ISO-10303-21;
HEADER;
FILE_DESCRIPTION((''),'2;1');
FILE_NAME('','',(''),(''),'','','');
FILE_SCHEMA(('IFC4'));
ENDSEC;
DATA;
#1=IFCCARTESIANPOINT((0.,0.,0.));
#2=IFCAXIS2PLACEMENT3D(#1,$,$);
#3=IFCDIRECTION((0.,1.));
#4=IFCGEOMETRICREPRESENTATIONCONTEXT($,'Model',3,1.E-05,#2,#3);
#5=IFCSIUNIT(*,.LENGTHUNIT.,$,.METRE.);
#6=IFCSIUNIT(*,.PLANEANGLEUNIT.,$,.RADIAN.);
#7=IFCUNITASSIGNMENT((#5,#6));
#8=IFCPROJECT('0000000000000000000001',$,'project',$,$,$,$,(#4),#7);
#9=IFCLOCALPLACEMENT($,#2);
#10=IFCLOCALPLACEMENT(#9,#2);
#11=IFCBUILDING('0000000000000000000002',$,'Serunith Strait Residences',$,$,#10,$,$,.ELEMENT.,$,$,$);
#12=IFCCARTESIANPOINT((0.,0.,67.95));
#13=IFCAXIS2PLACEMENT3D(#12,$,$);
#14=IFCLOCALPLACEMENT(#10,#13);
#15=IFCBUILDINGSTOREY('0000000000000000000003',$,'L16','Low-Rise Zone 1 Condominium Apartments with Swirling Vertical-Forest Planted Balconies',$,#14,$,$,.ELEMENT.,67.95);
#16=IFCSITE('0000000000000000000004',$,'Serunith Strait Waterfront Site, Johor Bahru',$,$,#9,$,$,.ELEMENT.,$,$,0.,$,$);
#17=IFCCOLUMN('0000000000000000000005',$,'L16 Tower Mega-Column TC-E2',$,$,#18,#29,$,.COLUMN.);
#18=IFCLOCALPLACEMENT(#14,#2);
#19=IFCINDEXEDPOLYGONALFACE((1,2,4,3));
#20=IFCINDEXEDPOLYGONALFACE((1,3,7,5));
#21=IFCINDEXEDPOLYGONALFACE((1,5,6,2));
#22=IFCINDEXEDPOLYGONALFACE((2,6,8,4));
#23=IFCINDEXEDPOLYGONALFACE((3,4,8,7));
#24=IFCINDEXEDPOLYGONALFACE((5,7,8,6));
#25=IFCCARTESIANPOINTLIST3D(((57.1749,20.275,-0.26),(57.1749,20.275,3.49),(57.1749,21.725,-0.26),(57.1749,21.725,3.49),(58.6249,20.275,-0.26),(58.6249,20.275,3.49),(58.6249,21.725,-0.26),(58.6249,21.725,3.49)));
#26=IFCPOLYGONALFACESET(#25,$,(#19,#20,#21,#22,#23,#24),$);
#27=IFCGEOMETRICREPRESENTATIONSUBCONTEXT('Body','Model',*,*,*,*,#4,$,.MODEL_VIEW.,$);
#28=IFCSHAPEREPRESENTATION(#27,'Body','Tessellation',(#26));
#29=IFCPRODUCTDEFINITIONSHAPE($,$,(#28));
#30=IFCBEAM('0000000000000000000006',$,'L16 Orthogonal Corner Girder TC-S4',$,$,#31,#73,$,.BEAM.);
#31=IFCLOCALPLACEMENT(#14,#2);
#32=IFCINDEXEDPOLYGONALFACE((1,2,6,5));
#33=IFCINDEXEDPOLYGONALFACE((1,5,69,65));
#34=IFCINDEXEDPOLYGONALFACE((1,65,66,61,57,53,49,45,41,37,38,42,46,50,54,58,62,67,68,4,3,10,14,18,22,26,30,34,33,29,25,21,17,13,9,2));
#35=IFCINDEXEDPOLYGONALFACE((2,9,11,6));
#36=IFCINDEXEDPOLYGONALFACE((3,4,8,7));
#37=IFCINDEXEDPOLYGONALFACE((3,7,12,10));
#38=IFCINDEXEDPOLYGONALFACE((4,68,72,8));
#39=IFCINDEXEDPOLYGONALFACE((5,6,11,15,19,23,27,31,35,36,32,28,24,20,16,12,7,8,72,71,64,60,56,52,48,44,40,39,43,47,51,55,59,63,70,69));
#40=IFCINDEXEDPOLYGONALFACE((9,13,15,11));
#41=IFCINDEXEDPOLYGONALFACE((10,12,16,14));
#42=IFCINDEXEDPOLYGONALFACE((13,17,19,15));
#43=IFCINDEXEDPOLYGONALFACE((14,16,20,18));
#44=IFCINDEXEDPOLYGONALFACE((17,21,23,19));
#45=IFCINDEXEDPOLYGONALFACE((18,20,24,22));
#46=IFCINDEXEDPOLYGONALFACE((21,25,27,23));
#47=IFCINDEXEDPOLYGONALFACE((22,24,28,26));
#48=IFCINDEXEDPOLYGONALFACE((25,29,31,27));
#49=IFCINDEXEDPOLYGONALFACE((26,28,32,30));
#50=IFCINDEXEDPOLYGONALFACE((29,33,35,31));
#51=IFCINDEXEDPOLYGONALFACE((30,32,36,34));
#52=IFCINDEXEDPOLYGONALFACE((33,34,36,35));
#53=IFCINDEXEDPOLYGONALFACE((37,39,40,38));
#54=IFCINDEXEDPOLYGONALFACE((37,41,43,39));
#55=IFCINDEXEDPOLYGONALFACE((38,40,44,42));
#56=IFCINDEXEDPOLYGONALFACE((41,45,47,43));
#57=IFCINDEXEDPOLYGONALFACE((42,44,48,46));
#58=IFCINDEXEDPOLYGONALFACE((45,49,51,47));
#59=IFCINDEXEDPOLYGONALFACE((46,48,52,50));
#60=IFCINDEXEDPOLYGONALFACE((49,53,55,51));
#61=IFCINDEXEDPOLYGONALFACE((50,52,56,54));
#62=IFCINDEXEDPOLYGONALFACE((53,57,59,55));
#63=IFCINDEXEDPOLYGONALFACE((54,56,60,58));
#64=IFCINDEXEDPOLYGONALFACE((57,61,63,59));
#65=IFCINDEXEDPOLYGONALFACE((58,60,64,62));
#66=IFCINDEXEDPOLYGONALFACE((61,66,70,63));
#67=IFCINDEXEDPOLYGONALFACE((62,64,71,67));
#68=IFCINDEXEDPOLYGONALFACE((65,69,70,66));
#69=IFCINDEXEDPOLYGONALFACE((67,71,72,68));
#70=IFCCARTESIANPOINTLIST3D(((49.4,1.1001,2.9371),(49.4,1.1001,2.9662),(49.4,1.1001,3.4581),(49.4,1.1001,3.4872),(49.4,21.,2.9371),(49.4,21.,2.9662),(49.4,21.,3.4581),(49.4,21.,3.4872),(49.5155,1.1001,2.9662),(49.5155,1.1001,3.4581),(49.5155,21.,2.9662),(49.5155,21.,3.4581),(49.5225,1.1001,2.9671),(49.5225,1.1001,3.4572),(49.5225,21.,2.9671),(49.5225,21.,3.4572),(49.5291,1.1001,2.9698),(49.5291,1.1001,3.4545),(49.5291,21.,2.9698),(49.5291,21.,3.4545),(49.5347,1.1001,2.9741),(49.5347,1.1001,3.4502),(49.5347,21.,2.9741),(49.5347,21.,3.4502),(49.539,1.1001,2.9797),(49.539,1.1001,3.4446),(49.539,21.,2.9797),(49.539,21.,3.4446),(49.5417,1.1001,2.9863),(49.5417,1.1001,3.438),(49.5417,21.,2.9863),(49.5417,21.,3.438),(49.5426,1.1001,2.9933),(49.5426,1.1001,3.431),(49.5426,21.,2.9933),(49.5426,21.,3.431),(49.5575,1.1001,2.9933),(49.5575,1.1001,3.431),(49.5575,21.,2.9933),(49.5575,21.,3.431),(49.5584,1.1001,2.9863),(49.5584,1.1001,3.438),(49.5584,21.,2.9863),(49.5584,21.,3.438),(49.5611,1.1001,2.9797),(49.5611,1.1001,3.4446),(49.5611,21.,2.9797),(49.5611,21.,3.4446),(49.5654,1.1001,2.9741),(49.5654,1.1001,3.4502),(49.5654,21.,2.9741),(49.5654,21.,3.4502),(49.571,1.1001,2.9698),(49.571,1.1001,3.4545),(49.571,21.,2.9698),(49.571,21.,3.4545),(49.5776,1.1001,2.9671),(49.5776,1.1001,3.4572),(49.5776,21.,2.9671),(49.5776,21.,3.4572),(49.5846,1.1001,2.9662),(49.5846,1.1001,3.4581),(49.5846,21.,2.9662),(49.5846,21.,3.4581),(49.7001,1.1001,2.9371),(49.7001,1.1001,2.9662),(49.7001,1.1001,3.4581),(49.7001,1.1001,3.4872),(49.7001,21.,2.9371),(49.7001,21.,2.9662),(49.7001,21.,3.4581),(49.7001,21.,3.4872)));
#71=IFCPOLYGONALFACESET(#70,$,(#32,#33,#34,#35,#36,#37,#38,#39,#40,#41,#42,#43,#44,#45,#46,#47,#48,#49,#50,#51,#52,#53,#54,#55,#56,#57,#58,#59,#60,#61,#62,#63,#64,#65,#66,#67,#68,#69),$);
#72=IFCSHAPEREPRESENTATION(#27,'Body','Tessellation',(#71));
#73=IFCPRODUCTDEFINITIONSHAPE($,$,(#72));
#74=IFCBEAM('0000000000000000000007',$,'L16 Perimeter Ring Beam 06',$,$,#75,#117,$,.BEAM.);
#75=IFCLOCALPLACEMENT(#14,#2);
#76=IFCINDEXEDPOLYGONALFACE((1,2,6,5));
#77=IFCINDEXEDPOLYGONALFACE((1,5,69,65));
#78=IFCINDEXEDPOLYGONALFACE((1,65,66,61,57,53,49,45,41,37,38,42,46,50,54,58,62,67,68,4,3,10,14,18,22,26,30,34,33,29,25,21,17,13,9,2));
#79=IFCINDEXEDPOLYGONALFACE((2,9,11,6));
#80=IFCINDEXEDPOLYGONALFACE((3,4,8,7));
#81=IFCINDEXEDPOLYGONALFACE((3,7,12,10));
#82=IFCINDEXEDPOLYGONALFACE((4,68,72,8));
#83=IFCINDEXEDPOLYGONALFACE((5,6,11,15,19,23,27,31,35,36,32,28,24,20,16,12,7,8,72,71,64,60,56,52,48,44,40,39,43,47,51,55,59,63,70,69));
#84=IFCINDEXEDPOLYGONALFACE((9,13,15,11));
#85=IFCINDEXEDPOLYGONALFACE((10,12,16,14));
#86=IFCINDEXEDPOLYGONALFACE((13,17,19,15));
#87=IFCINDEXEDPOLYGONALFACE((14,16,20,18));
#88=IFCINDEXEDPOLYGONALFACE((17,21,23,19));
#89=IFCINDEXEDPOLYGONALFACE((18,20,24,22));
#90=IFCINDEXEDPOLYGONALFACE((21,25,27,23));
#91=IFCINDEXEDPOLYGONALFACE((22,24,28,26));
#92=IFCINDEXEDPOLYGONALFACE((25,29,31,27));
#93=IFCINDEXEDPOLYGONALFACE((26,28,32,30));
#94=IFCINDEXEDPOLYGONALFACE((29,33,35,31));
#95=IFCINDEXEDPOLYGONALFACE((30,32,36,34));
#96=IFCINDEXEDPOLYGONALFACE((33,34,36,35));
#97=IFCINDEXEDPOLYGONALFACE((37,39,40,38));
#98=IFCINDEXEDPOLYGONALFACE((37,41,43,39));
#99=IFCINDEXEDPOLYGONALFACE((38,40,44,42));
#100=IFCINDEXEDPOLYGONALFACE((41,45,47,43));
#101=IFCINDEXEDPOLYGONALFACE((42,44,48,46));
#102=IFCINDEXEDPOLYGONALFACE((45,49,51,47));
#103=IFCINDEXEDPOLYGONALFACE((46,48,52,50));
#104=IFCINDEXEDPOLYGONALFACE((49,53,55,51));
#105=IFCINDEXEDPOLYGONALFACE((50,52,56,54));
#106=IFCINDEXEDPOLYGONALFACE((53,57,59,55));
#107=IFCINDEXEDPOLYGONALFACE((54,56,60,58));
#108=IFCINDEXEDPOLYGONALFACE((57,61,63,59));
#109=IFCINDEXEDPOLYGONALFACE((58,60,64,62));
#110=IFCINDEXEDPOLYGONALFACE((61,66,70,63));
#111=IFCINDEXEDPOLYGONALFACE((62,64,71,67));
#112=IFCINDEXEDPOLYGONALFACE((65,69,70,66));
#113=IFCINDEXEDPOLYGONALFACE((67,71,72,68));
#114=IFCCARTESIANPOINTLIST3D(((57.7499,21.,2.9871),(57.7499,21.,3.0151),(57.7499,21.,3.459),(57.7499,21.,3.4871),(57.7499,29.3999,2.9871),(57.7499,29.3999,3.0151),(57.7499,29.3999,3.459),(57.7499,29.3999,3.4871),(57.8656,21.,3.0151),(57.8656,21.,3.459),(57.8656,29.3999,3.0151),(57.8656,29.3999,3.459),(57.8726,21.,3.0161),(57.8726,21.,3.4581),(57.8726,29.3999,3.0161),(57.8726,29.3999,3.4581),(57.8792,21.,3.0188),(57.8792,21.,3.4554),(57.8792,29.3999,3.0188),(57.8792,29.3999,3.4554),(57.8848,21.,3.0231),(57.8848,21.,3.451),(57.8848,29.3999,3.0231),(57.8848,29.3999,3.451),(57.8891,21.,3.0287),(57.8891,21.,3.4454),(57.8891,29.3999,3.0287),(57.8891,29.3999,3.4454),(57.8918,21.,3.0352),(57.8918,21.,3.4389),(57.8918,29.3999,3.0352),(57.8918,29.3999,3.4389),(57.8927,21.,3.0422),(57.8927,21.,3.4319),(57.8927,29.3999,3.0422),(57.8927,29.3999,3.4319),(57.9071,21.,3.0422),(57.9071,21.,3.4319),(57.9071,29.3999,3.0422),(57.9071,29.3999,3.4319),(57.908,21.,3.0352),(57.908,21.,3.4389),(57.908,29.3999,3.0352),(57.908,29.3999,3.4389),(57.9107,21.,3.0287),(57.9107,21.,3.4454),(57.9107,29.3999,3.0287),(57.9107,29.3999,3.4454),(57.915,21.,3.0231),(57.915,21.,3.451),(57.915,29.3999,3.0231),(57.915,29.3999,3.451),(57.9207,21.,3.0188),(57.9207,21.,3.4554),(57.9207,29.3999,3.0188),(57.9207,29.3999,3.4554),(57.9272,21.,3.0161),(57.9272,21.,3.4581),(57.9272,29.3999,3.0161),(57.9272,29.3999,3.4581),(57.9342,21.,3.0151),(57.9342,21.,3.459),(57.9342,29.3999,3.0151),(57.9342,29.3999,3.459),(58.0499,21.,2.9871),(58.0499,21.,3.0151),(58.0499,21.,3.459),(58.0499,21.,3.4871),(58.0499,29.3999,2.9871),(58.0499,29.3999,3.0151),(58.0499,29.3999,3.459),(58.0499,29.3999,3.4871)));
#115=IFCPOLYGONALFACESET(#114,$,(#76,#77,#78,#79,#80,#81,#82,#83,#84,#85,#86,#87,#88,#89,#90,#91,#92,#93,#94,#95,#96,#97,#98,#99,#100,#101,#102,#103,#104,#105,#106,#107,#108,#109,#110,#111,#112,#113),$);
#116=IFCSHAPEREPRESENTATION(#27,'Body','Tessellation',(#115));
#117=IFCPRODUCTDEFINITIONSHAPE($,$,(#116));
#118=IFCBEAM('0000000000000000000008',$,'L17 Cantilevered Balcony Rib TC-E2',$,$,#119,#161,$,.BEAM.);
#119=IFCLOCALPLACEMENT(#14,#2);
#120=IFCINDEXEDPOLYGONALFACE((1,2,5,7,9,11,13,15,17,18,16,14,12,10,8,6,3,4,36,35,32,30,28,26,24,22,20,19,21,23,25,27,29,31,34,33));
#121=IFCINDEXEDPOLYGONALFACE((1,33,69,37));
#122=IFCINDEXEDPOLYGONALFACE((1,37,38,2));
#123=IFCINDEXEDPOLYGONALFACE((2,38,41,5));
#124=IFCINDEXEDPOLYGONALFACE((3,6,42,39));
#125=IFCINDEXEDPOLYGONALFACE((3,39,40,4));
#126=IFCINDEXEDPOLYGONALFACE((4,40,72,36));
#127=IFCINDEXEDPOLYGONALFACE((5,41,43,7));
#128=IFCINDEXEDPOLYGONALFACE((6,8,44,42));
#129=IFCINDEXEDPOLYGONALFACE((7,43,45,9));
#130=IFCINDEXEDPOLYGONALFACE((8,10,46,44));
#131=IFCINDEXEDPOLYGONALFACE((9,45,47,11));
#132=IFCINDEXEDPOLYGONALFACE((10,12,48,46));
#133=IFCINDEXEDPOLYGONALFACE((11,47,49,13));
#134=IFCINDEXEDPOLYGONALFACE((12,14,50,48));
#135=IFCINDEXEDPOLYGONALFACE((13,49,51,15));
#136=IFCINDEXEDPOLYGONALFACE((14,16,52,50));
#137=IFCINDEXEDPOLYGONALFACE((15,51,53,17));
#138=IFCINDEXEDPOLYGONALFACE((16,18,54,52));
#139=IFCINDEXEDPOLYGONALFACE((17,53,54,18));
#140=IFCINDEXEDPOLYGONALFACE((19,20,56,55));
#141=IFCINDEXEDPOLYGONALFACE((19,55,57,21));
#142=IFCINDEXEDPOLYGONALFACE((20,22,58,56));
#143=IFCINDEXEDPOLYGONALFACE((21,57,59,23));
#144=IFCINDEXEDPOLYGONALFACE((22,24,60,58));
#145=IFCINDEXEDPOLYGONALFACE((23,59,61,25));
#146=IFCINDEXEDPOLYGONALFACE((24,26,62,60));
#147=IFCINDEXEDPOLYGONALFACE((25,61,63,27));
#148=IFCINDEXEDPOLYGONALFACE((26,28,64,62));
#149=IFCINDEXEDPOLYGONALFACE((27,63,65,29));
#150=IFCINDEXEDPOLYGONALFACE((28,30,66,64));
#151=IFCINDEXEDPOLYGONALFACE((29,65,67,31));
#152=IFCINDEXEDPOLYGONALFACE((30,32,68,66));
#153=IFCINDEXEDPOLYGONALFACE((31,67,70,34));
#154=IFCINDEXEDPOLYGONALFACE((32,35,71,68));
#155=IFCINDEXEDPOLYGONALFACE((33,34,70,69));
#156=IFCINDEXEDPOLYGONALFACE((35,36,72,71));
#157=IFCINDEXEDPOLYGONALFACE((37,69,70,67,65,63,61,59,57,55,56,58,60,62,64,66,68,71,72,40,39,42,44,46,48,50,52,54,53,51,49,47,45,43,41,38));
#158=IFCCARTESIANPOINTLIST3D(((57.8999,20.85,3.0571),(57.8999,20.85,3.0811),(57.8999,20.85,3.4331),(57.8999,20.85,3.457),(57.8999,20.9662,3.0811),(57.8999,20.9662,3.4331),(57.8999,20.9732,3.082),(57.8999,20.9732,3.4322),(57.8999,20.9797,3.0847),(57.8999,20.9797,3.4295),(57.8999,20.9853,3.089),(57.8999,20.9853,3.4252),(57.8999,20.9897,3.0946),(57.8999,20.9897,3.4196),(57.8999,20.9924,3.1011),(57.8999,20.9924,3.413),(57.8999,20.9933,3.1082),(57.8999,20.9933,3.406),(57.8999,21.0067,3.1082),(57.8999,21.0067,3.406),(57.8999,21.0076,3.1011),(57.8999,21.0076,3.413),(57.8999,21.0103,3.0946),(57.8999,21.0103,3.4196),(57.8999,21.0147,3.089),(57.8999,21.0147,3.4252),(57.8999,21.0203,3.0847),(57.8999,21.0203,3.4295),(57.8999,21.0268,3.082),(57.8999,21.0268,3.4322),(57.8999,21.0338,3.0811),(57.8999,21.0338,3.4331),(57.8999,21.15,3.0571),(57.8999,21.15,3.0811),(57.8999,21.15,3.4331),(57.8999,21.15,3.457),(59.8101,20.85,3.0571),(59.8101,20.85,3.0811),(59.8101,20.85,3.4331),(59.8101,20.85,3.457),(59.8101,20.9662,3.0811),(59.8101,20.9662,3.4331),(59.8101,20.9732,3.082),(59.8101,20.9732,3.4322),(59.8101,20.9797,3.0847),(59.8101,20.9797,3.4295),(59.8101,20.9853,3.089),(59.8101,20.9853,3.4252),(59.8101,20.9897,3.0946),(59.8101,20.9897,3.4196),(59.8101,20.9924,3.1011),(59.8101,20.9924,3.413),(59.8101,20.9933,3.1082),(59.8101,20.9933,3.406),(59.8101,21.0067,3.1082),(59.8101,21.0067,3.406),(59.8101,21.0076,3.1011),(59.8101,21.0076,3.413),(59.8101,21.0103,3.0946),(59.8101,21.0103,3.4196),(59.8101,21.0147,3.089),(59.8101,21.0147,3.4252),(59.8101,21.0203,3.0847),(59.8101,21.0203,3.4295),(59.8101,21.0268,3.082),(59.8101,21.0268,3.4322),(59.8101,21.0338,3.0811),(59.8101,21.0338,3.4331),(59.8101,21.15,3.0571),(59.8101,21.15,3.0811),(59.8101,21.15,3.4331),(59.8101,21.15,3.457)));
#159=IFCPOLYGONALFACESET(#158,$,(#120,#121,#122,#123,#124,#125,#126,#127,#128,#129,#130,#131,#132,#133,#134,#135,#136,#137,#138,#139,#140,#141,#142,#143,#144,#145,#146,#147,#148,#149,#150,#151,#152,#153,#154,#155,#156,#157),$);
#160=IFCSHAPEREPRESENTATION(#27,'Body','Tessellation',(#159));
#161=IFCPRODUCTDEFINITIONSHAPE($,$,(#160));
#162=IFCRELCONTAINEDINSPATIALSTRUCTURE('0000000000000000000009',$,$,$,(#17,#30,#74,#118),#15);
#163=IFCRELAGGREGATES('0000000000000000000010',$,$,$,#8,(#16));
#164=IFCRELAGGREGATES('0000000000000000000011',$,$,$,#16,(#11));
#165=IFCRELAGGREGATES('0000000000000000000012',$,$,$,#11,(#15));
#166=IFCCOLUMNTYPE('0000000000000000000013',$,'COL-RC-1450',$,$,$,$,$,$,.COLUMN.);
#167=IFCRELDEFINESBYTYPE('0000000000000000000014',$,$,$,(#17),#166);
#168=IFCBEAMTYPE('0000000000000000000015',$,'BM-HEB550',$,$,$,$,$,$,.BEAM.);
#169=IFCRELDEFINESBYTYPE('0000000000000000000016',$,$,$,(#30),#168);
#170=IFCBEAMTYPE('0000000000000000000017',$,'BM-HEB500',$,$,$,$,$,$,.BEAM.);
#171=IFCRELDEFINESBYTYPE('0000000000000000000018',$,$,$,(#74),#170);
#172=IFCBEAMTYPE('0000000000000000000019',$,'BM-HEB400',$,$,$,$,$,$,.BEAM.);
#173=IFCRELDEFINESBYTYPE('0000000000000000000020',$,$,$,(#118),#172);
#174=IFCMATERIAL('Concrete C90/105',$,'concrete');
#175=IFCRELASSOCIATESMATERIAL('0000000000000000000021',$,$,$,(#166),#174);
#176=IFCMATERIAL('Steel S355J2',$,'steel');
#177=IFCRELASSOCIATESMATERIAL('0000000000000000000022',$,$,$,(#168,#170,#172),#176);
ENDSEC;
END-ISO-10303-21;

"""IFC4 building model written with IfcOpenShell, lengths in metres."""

from ifc_helpers import new_model, si_unit, direction, frame, origin, origin_2d, place, context, subcontext, project, spatial, rectangle, i_section, extrude, source, transform, mapped, material, material_profile, profile_set, type_object, element, save


model = new_model("IFC4")

# Units and contexts
model_context = context("Model", 3, precision=1e-05, world=origin(), true_north=direction((0.0, 1.0)))
body_context = subcontext(model_context, "Body", "Model", "MODEL_VIEW")
ifc_project = project(units=[si_unit("LENGTHUNIT", "METRE"), si_unit("PLANEANGLEUNIT", "RADIAN")], contexts=[model_context])

# Site, building, storey
site_placement = place(None, origin())
site = spatial("IfcSite", under=ifc_project, at=site_placement, Name="Serunith Strait Waterfront Site, Johor Bahru", CompositionType="ELEMENT", RefElevation=0.0)
building_placement = place(site_placement, origin())
building = spatial("IfcBuilding", under=site, at=building_placement, Name="Serunith Strait Residences", CompositionType="ELEMENT")
storey_placement = place(building_placement, frame((0.0, 0.0, 67.95)))
storey = spatial("IfcBuildingStorey", under=building, at=storey_placement, Name="L16", Description="Low-Rise Zone 1 Condominium Apartments with Swirling Vertical-Forest Planted Balconies", CompositionType="ELEMENT", Elevation=67.95)

# Column
ifc_material_1 = material(Name="Concrete C90/105", Category="concrete")
ifc_material_profile_1 = material_profile(ifc_material_1, rectangle(XDim=1.45, YDim=1.45, at=origin_2d()), Name="RC 1450x1450")
ifc_profile_set_1 = profile_set([ifc_material_profile_1], Name="Concrete C90/105")
column_type = type_object("IfcColumnType", Name="COL-RC-1450", PredefinedType="COLUMN", material=ifc_profile_set_1)
shared_shape_1 = source(origin(), body_context, "Body", "SweptSolid", [
    extrude(rectangle(XDim=1.45, YDim=1.45, at=origin_2d()), origin(), (0.0, 0.0, 1.0), 3.75),
])
column_placement = place(storey_placement, frame((57.8999, 21.0, -0.26), z_axis=(0.0, 0.0, 1.0), x_axis=(1.0, 0.0, 0.0)))
element("IfcColumn", 1, at=column_placement, inside=storey, type_object=column_type, Name="L16 Tower Mega-Column TC-E2", PredefinedType="COLUMN", context=body_context, shape_type="MappedRepresentation", body=[
    mapped(shared_shape_1, transform((0.0, 0.0, 0.0), scale=1.0)),
])

# Beams
ifc_material_2 = material(Name="Steel S355J2", Category="steel")
ifc_material_profile_2 = material_profile(ifc_material_2, i_section(OverallWidth=0.3, OverallDepth=0.55, WebThickness=0.0149, FlangeThickness=0.0291, FilletRadius=0.0271, at=origin_2d()), Name="HEB 550")
ifc_profile_set_2 = profile_set([ifc_material_profile_2], Name="Steel S355J2")
beam_type_1 = type_object("IfcBeamType", Name="BM-HEB550", PredefinedType="BEAM", material=ifc_profile_set_2)
shared_shape_2 = source(origin(), body_context, "Body", "SweptSolid", [
    extrude(i_section(OverallWidth=0.3, OverallDepth=0.55, WebThickness=0.0149, FlangeThickness=0.0291, FilletRadius=0.0271, at=origin_2d()), origin(), (0.0, 0.0, 1.0), 19.8999),
])
beam_1_placement = place(storey_placement, frame((49.55, 21.0, 3.2122), z_axis=(0.0, -1.0, 0.0), x_axis=(1.0, 0.0, 0.0)))
element("IfcBeam", 2, at=beam_1_placement, inside=storey, type_object=beam_type_1, Name="L16 Orthogonal Corner Girder TC-S4", PredefinedType="BEAM", context=body_context, shape_type="MappedRepresentation", body=[
    mapped(shared_shape_2, transform((0.0, 0.0, 0.0), scale=1.0)),
])
ifc_material_profile_3 = material_profile(ifc_material_2, i_section(OverallWidth=0.3, OverallDepth=0.5, WebThickness=0.0144, FlangeThickness=0.0281, FilletRadius=0.0271, at=origin_2d()), Name="HEB 500")
ifc_profile_set_3 = profile_set([ifc_material_profile_3], Name="Steel S355J2")
beam_type_2 = type_object("IfcBeamType", Name="BM-HEB500", PredefinedType="BEAM", material=ifc_profile_set_3)
shared_shape_3 = source(origin(), body_context, "Body", "SweptSolid", [
    extrude(i_section(OverallWidth=0.3, OverallDepth=0.5, WebThickness=0.0144, FlangeThickness=0.0281, FilletRadius=0.0271, at=origin_2d()), origin(), (0.0, 0.0, 1.0), 8.3999),
])
beam_2_placement = place(storey_placement, frame((57.8999, 21.0, 3.2371), z_axis=(0.0, 1.0, 0.0), x_axis=(-1.0, 0.0, 0.0)))
element("IfcBeam", 3, at=beam_2_placement, inside=storey, type_object=beam_type_2, Name="L16 Perimeter Ring Beam 06", PredefinedType="BEAM", context=body_context, shape_type="MappedRepresentation", body=[
    mapped(shared_shape_3, transform((0.0, 0.0, 0.0), scale=1.0)),
])
ifc_material_profile_4 = material_profile(ifc_material_2, i_section(OverallWidth=0.3, OverallDepth=0.3999, WebThickness=0.0134, FlangeThickness=0.0239, FilletRadius=0.0271, at=origin_2d()), Name="HEB 400")
ifc_profile_set_4 = profile_set([ifc_material_profile_4], Name="Steel S355J2")
beam_type_3 = type_object("IfcBeamType", Name="BM-HEB400", PredefinedType="BEAM", material=ifc_profile_set_4)
shared_shape_4 = source(origin(), body_context, "Body", "SweptSolid", [
    extrude(i_section(OverallWidth=0.3, OverallDepth=0.3999, WebThickness=0.0134, FlangeThickness=0.0239, FilletRadius=0.0271, at=origin_2d()), origin(), (0.0, 0.0, 1.0), 1.9102),
])
beam_3_placement = place(storey_placement, frame((57.8999, 21.0, 3.2571), z_axis=(1.0, 0.0, 0.0), x_axis=(0.0, 1.0, 0.0)))
element("IfcBeam", 4, at=beam_3_placement, inside=storey, type_object=beam_type_3, Name="L17 Cantilevered Balcony Rib TC-E2", PredefinedType="BEAM", context=body_context, shape_type="MappedRepresentation", body=[
    mapped(shared_shape_4, transform((0.0, 0.0, 0.0), scale=1.0)),
])

save(model, "model.ifc")
